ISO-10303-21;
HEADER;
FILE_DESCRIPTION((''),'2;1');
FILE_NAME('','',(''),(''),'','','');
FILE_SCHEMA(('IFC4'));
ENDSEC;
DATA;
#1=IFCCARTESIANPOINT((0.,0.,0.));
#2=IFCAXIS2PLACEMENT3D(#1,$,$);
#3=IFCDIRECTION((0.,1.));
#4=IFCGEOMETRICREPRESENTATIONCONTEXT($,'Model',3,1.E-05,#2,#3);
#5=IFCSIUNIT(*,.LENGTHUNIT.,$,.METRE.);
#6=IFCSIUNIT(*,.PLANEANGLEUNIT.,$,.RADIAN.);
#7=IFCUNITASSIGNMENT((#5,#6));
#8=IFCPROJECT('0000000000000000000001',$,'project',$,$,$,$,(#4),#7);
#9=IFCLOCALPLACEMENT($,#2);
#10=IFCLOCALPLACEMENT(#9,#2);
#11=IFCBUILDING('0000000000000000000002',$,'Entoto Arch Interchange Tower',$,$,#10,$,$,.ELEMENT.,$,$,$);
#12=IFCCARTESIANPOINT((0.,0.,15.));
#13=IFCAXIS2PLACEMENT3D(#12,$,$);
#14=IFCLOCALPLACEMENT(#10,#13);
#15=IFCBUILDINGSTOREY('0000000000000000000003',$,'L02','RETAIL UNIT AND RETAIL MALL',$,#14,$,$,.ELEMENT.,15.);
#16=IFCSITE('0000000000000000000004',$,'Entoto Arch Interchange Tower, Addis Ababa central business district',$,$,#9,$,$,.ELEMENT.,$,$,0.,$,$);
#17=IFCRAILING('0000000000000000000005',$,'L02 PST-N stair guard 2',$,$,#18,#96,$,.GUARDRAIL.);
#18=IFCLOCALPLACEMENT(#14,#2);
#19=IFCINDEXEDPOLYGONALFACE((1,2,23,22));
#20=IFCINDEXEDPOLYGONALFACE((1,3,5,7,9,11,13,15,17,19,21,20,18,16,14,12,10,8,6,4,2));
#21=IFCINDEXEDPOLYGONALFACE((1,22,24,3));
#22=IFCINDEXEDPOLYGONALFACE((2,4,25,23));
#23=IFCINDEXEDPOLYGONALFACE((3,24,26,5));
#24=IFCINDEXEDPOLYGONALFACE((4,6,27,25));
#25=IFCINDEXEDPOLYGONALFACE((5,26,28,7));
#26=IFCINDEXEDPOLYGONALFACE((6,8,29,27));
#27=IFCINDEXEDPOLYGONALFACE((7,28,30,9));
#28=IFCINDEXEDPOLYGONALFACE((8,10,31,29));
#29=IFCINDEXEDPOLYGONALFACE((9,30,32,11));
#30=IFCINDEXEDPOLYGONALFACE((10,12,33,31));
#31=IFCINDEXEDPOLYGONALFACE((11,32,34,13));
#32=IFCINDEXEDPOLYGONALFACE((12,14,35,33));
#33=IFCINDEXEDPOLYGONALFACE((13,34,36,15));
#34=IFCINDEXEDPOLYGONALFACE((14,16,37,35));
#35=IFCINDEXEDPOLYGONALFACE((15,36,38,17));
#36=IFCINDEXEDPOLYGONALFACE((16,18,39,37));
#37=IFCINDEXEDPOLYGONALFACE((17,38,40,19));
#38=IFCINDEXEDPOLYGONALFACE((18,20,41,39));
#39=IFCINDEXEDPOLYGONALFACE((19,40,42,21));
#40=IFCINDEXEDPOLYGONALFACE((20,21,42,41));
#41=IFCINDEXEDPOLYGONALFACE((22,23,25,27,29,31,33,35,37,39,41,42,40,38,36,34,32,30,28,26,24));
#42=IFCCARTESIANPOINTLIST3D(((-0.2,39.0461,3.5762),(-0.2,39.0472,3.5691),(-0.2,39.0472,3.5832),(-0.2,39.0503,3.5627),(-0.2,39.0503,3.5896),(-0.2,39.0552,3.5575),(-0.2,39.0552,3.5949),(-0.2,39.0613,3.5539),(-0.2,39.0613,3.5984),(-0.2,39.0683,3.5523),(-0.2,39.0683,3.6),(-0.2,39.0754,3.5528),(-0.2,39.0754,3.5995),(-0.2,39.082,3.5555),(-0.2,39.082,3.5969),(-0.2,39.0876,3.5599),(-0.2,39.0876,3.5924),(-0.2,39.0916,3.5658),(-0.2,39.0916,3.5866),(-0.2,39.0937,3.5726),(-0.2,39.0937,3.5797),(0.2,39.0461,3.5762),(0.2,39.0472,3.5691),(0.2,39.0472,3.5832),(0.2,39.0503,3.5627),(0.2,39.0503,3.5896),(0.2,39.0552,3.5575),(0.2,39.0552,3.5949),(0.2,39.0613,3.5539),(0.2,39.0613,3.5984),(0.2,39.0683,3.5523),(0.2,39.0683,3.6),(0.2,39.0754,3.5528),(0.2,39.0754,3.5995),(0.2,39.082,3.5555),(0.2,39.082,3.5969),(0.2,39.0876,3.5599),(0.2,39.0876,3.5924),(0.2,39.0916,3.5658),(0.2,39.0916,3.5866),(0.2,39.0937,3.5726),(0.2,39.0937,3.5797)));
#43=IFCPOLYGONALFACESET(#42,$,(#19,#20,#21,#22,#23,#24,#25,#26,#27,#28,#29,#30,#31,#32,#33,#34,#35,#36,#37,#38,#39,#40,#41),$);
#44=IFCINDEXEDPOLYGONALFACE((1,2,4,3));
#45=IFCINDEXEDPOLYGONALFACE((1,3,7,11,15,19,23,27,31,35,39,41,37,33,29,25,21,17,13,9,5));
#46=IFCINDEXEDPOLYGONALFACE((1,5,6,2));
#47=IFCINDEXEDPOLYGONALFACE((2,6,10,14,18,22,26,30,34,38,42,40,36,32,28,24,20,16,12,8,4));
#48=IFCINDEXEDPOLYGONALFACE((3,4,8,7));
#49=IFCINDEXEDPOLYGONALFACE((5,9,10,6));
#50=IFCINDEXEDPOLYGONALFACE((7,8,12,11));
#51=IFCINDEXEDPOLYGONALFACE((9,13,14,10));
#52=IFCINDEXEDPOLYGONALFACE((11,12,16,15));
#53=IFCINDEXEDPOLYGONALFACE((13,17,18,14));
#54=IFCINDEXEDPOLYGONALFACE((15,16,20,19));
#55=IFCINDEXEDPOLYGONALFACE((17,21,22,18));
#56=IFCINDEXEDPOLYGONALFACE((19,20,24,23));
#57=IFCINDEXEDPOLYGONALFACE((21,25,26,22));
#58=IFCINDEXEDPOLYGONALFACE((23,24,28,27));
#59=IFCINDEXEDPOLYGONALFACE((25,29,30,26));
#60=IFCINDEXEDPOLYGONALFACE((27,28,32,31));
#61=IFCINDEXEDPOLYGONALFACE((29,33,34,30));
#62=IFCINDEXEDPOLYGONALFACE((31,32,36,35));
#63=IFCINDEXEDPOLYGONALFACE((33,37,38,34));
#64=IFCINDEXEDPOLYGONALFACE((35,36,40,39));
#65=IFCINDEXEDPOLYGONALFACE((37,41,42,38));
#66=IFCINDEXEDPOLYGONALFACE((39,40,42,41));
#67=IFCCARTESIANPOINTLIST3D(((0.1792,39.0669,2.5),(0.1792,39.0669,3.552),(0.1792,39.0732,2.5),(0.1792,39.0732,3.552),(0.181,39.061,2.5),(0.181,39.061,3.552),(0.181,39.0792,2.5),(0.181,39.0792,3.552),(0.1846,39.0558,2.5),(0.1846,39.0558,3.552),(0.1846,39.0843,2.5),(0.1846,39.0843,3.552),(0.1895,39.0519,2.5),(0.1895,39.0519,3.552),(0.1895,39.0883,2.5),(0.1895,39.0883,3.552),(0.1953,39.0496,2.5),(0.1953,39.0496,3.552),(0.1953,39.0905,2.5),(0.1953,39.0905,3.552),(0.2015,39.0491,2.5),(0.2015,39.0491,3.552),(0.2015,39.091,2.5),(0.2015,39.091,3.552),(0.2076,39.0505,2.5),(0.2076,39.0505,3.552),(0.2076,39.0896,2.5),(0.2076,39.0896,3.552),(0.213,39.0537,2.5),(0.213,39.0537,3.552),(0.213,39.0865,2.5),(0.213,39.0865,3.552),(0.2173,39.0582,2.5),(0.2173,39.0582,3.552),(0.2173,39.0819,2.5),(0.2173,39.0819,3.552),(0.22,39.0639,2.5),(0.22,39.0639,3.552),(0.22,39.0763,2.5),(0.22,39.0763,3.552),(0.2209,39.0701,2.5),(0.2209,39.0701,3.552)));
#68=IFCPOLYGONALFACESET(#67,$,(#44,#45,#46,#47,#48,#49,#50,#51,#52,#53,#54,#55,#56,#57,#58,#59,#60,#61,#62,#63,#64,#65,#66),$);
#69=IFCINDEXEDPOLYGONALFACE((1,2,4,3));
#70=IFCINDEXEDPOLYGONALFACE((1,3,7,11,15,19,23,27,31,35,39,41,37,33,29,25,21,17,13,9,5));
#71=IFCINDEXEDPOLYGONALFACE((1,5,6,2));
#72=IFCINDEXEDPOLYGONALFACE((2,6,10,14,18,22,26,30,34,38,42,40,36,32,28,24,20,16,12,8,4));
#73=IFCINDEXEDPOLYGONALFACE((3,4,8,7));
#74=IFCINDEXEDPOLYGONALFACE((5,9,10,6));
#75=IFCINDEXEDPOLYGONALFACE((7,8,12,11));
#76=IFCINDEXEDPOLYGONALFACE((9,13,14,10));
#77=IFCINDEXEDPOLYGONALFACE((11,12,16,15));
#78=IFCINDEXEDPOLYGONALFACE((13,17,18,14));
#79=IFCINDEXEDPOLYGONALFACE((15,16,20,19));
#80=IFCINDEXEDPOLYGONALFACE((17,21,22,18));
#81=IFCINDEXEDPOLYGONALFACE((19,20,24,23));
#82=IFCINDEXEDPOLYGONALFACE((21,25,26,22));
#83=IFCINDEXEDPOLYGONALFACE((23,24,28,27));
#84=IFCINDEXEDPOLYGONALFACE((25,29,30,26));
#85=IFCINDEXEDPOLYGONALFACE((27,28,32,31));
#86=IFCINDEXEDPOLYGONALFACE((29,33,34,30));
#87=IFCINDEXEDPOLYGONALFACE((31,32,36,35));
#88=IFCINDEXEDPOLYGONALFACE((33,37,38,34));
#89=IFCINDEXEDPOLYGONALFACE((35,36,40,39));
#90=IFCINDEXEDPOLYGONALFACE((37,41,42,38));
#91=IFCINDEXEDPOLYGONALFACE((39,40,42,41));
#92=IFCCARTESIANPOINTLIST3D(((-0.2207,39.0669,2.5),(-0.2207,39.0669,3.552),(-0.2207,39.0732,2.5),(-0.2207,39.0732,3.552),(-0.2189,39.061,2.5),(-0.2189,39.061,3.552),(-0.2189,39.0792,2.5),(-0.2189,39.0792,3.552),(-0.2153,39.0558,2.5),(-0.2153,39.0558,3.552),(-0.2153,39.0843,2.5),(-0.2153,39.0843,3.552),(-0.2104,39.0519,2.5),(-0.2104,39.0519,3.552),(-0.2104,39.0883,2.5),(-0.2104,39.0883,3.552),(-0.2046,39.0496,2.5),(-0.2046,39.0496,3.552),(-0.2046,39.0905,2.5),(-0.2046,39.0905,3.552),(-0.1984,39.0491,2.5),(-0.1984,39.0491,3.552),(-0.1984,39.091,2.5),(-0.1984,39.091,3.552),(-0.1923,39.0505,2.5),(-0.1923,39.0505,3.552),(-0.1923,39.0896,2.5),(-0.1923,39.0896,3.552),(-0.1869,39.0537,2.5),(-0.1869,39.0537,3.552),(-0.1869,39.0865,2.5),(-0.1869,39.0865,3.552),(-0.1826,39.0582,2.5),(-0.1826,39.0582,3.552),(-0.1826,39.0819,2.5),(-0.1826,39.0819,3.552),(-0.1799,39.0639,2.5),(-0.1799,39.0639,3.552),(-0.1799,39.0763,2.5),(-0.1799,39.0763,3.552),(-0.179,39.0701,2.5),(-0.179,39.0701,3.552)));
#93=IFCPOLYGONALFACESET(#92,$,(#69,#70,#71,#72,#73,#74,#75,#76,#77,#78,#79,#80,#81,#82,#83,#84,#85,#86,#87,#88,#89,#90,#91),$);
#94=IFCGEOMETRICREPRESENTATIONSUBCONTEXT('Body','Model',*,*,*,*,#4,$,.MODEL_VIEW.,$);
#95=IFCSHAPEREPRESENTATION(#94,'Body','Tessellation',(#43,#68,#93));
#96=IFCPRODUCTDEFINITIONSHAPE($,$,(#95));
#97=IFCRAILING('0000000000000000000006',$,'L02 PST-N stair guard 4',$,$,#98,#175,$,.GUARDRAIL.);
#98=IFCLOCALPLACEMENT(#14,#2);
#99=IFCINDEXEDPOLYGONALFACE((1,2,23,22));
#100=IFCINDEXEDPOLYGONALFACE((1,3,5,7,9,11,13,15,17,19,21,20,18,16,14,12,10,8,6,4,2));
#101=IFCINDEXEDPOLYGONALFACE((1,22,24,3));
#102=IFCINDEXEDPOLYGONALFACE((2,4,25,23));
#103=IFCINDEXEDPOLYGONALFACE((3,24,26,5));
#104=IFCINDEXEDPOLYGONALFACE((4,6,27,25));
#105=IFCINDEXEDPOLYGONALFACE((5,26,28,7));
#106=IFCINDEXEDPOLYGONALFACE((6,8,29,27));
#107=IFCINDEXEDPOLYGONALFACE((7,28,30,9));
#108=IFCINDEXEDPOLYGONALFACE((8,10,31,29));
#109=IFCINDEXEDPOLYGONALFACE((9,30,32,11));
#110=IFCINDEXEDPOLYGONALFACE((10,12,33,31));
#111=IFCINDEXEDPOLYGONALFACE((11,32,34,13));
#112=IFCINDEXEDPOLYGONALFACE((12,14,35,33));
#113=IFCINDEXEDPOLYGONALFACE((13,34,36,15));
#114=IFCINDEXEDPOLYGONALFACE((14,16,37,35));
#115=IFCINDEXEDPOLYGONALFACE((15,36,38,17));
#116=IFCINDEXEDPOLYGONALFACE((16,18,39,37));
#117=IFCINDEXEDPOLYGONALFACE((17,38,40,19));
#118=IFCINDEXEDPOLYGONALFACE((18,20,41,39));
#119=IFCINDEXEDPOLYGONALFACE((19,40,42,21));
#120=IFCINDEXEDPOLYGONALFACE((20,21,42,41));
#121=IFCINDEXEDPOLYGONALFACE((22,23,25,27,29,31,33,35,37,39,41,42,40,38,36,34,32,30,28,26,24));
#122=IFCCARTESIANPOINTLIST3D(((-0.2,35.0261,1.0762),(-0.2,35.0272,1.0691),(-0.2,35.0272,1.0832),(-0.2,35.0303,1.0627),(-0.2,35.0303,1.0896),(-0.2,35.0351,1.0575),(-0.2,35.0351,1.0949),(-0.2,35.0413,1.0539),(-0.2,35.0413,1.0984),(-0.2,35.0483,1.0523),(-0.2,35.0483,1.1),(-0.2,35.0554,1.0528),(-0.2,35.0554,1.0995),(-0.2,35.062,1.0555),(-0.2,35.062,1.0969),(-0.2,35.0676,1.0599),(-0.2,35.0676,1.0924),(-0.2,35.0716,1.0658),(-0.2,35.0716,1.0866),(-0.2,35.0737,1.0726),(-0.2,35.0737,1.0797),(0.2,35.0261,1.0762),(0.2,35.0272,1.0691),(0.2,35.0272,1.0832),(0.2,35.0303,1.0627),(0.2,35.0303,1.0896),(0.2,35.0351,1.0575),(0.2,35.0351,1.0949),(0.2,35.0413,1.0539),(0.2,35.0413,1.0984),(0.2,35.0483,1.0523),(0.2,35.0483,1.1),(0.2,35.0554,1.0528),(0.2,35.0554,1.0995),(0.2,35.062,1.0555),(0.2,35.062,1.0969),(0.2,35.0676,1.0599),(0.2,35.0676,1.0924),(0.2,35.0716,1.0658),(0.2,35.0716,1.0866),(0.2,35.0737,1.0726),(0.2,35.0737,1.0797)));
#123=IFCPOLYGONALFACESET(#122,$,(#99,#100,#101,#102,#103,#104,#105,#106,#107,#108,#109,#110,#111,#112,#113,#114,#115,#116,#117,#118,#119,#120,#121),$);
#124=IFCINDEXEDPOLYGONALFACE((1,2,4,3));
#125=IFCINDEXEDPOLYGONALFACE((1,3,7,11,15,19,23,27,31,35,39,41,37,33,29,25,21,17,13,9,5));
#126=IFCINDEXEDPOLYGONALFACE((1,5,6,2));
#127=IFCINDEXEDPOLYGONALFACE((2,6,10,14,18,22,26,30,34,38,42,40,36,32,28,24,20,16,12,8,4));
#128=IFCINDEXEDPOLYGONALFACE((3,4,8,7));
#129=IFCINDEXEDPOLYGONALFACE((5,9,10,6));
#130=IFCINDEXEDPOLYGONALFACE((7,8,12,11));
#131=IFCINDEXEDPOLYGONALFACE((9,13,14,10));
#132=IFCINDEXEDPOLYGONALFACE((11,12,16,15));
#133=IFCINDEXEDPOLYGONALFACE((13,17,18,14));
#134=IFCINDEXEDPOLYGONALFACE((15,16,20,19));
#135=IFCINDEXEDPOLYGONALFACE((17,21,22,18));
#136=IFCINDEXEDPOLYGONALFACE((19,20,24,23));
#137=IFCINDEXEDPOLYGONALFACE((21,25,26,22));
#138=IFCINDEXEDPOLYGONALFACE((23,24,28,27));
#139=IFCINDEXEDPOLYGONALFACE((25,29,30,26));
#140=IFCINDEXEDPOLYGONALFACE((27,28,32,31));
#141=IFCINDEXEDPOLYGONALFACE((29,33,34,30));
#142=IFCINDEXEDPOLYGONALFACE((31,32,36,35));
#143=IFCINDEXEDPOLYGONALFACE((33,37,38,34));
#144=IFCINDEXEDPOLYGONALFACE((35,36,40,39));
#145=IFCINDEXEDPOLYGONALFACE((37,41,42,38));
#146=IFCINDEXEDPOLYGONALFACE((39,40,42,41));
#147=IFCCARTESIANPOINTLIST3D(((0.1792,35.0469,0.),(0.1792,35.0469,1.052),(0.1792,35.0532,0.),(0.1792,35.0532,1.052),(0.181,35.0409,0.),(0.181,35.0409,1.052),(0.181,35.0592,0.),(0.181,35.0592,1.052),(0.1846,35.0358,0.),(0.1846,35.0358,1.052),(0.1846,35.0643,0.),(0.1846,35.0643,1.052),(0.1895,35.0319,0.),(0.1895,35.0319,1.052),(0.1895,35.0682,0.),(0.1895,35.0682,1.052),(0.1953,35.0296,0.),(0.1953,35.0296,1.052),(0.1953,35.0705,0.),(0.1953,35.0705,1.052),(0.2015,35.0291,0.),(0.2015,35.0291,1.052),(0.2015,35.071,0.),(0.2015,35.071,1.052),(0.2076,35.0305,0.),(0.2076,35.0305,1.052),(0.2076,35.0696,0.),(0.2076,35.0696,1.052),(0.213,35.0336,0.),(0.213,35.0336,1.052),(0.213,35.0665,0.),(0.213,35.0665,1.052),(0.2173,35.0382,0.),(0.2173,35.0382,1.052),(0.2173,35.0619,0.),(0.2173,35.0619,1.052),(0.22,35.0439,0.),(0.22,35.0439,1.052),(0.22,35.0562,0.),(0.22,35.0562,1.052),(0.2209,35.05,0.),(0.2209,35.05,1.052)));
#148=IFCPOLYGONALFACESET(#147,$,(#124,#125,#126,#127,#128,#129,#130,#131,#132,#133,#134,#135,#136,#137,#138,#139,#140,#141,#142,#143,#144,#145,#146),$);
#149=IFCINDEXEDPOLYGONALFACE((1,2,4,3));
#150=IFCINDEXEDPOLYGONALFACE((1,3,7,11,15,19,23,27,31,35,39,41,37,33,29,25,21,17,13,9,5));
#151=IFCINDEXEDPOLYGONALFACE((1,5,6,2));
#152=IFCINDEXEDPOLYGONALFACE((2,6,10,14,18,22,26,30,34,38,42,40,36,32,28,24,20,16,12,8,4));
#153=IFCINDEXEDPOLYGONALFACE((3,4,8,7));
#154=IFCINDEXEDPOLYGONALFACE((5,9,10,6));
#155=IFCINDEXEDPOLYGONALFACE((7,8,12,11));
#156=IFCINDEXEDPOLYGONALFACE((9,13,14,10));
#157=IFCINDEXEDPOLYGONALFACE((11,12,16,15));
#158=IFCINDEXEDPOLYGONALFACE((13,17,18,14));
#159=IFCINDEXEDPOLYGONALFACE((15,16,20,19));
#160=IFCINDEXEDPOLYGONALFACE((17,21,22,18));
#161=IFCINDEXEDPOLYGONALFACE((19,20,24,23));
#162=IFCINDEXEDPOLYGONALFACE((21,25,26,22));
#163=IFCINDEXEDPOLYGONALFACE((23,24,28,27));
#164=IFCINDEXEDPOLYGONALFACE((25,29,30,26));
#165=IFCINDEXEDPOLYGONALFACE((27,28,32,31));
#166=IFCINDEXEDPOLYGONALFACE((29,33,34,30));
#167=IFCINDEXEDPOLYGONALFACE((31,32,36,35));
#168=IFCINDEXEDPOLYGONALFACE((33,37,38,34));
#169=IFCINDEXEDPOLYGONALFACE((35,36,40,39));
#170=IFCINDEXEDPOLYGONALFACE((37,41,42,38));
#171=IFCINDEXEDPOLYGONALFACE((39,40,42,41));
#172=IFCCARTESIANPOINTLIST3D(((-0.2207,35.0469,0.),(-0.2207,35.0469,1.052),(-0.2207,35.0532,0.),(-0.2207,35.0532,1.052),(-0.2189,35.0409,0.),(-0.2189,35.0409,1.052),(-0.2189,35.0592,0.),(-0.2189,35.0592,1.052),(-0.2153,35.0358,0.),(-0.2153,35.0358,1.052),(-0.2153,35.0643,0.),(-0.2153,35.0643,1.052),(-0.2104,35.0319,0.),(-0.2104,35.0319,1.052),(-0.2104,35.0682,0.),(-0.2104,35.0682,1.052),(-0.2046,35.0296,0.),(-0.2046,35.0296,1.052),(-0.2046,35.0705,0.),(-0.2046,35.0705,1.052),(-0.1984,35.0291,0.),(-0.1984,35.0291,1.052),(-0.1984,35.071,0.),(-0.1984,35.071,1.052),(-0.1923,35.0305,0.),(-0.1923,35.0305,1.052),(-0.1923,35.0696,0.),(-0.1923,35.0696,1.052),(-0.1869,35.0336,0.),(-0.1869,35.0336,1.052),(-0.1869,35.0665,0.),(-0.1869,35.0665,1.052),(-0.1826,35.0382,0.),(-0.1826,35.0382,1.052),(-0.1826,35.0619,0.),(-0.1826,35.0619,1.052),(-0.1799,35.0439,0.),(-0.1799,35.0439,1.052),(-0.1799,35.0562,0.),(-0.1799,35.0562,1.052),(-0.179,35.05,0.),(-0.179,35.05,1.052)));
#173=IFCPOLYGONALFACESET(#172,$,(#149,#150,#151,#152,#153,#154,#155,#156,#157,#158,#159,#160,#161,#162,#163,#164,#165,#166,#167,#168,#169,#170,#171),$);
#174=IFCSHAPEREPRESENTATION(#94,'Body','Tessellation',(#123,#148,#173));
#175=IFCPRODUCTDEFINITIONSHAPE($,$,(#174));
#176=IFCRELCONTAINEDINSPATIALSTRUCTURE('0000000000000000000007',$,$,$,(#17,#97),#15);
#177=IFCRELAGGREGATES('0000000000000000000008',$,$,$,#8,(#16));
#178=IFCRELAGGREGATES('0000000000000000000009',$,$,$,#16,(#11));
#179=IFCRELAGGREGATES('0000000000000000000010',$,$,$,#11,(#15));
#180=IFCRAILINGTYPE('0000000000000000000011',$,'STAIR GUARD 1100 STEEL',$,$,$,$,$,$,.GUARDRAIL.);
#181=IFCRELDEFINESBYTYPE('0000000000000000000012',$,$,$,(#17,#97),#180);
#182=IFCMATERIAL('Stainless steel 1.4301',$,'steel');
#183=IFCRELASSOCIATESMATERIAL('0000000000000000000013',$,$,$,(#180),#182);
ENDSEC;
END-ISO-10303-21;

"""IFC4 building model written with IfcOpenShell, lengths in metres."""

from ifc_helpers import new_model, si_unit, direction, frame, origin, origin_2d, place, context, subcontext, project, spatial, circle, extrude, material, type_object, element, save


model = new_model("IFC4")

# Units and contexts
model_context = context("Model", 3, precision=1e-05, world=origin(), true_north=direction((0.0, 1.0)))
body_context = subcontext(model_context, "Body", "Model", "MODEL_VIEW")
ifc_project = project(units=[si_unit("LENGTHUNIT", "METRE"), si_unit("PLANEANGLEUNIT", "RADIAN")], contexts=[model_context])

# Site, building, storey
site_placement = place(None, origin())
site = spatial("IfcSite", under=ifc_project, at=site_placement, Name="Entoto Arch Interchange Tower, Addis Ababa central business district", CompositionType="ELEMENT", RefElevation=0.0)
building_placement = place(site_placement, origin())
building = spatial("IfcBuilding", under=site, at=building_placement, Name="Entoto Arch Interchange Tower", CompositionType="ELEMENT")
storey_placement = place(building_placement, frame((0.0, 0.0, 15.0)))
storey = spatial("IfcBuildingStorey", under=building, at=storey_placement, Name="L02", Description="RETAIL UNIT AND RETAIL MALL", CompositionType="ELEMENT", Elevation=15.0)

# Railings
ifc_material_1 = material(Name="Stainless steel 1.4301", Category="steel")
railing_type_1 = type_object("IfcRailingType", Name="STAIR GUARD 1100 STEEL", PredefinedType="GUARDRAIL", material=ifc_material_1)
for number, where, name in (
    (1, (0.2, 39.0701, 2.5), "L02 PST-N stair guard 2"),
    (2, (0.2, 35.05, 0.0), "L02 PST-N stair guard 4"),
):
    element("IfcRailing", number, at=place(storey_placement, frame(where)), inside=storey, type_object=railing_type_1, Name=name, PredefinedType="GUARDRAIL", context=body_context, shape_type="SweptSolid", body=[
        extrude(circle(Radius=0.0239, at=origin_2d()), frame((0.0, 0.0, 1.0762), z_axis=(-1.0, 0.0, 0.0), x_axis=(0.0, -1.0, 0.0)), (0.0, 0.0, 1.0), 0.3999),
        extrude(circle(Radius=0.021, at=origin_2d()), origin(), (0.0, 0.0, 1.0), 1.052),
        extrude(circle(Radius=0.021, at=origin_2d()), frame((-0.3999, 0.0, 0.0)), (0.0, 0.0, 1.0), 1.052),
    ])

save(model, "model.ifc")
